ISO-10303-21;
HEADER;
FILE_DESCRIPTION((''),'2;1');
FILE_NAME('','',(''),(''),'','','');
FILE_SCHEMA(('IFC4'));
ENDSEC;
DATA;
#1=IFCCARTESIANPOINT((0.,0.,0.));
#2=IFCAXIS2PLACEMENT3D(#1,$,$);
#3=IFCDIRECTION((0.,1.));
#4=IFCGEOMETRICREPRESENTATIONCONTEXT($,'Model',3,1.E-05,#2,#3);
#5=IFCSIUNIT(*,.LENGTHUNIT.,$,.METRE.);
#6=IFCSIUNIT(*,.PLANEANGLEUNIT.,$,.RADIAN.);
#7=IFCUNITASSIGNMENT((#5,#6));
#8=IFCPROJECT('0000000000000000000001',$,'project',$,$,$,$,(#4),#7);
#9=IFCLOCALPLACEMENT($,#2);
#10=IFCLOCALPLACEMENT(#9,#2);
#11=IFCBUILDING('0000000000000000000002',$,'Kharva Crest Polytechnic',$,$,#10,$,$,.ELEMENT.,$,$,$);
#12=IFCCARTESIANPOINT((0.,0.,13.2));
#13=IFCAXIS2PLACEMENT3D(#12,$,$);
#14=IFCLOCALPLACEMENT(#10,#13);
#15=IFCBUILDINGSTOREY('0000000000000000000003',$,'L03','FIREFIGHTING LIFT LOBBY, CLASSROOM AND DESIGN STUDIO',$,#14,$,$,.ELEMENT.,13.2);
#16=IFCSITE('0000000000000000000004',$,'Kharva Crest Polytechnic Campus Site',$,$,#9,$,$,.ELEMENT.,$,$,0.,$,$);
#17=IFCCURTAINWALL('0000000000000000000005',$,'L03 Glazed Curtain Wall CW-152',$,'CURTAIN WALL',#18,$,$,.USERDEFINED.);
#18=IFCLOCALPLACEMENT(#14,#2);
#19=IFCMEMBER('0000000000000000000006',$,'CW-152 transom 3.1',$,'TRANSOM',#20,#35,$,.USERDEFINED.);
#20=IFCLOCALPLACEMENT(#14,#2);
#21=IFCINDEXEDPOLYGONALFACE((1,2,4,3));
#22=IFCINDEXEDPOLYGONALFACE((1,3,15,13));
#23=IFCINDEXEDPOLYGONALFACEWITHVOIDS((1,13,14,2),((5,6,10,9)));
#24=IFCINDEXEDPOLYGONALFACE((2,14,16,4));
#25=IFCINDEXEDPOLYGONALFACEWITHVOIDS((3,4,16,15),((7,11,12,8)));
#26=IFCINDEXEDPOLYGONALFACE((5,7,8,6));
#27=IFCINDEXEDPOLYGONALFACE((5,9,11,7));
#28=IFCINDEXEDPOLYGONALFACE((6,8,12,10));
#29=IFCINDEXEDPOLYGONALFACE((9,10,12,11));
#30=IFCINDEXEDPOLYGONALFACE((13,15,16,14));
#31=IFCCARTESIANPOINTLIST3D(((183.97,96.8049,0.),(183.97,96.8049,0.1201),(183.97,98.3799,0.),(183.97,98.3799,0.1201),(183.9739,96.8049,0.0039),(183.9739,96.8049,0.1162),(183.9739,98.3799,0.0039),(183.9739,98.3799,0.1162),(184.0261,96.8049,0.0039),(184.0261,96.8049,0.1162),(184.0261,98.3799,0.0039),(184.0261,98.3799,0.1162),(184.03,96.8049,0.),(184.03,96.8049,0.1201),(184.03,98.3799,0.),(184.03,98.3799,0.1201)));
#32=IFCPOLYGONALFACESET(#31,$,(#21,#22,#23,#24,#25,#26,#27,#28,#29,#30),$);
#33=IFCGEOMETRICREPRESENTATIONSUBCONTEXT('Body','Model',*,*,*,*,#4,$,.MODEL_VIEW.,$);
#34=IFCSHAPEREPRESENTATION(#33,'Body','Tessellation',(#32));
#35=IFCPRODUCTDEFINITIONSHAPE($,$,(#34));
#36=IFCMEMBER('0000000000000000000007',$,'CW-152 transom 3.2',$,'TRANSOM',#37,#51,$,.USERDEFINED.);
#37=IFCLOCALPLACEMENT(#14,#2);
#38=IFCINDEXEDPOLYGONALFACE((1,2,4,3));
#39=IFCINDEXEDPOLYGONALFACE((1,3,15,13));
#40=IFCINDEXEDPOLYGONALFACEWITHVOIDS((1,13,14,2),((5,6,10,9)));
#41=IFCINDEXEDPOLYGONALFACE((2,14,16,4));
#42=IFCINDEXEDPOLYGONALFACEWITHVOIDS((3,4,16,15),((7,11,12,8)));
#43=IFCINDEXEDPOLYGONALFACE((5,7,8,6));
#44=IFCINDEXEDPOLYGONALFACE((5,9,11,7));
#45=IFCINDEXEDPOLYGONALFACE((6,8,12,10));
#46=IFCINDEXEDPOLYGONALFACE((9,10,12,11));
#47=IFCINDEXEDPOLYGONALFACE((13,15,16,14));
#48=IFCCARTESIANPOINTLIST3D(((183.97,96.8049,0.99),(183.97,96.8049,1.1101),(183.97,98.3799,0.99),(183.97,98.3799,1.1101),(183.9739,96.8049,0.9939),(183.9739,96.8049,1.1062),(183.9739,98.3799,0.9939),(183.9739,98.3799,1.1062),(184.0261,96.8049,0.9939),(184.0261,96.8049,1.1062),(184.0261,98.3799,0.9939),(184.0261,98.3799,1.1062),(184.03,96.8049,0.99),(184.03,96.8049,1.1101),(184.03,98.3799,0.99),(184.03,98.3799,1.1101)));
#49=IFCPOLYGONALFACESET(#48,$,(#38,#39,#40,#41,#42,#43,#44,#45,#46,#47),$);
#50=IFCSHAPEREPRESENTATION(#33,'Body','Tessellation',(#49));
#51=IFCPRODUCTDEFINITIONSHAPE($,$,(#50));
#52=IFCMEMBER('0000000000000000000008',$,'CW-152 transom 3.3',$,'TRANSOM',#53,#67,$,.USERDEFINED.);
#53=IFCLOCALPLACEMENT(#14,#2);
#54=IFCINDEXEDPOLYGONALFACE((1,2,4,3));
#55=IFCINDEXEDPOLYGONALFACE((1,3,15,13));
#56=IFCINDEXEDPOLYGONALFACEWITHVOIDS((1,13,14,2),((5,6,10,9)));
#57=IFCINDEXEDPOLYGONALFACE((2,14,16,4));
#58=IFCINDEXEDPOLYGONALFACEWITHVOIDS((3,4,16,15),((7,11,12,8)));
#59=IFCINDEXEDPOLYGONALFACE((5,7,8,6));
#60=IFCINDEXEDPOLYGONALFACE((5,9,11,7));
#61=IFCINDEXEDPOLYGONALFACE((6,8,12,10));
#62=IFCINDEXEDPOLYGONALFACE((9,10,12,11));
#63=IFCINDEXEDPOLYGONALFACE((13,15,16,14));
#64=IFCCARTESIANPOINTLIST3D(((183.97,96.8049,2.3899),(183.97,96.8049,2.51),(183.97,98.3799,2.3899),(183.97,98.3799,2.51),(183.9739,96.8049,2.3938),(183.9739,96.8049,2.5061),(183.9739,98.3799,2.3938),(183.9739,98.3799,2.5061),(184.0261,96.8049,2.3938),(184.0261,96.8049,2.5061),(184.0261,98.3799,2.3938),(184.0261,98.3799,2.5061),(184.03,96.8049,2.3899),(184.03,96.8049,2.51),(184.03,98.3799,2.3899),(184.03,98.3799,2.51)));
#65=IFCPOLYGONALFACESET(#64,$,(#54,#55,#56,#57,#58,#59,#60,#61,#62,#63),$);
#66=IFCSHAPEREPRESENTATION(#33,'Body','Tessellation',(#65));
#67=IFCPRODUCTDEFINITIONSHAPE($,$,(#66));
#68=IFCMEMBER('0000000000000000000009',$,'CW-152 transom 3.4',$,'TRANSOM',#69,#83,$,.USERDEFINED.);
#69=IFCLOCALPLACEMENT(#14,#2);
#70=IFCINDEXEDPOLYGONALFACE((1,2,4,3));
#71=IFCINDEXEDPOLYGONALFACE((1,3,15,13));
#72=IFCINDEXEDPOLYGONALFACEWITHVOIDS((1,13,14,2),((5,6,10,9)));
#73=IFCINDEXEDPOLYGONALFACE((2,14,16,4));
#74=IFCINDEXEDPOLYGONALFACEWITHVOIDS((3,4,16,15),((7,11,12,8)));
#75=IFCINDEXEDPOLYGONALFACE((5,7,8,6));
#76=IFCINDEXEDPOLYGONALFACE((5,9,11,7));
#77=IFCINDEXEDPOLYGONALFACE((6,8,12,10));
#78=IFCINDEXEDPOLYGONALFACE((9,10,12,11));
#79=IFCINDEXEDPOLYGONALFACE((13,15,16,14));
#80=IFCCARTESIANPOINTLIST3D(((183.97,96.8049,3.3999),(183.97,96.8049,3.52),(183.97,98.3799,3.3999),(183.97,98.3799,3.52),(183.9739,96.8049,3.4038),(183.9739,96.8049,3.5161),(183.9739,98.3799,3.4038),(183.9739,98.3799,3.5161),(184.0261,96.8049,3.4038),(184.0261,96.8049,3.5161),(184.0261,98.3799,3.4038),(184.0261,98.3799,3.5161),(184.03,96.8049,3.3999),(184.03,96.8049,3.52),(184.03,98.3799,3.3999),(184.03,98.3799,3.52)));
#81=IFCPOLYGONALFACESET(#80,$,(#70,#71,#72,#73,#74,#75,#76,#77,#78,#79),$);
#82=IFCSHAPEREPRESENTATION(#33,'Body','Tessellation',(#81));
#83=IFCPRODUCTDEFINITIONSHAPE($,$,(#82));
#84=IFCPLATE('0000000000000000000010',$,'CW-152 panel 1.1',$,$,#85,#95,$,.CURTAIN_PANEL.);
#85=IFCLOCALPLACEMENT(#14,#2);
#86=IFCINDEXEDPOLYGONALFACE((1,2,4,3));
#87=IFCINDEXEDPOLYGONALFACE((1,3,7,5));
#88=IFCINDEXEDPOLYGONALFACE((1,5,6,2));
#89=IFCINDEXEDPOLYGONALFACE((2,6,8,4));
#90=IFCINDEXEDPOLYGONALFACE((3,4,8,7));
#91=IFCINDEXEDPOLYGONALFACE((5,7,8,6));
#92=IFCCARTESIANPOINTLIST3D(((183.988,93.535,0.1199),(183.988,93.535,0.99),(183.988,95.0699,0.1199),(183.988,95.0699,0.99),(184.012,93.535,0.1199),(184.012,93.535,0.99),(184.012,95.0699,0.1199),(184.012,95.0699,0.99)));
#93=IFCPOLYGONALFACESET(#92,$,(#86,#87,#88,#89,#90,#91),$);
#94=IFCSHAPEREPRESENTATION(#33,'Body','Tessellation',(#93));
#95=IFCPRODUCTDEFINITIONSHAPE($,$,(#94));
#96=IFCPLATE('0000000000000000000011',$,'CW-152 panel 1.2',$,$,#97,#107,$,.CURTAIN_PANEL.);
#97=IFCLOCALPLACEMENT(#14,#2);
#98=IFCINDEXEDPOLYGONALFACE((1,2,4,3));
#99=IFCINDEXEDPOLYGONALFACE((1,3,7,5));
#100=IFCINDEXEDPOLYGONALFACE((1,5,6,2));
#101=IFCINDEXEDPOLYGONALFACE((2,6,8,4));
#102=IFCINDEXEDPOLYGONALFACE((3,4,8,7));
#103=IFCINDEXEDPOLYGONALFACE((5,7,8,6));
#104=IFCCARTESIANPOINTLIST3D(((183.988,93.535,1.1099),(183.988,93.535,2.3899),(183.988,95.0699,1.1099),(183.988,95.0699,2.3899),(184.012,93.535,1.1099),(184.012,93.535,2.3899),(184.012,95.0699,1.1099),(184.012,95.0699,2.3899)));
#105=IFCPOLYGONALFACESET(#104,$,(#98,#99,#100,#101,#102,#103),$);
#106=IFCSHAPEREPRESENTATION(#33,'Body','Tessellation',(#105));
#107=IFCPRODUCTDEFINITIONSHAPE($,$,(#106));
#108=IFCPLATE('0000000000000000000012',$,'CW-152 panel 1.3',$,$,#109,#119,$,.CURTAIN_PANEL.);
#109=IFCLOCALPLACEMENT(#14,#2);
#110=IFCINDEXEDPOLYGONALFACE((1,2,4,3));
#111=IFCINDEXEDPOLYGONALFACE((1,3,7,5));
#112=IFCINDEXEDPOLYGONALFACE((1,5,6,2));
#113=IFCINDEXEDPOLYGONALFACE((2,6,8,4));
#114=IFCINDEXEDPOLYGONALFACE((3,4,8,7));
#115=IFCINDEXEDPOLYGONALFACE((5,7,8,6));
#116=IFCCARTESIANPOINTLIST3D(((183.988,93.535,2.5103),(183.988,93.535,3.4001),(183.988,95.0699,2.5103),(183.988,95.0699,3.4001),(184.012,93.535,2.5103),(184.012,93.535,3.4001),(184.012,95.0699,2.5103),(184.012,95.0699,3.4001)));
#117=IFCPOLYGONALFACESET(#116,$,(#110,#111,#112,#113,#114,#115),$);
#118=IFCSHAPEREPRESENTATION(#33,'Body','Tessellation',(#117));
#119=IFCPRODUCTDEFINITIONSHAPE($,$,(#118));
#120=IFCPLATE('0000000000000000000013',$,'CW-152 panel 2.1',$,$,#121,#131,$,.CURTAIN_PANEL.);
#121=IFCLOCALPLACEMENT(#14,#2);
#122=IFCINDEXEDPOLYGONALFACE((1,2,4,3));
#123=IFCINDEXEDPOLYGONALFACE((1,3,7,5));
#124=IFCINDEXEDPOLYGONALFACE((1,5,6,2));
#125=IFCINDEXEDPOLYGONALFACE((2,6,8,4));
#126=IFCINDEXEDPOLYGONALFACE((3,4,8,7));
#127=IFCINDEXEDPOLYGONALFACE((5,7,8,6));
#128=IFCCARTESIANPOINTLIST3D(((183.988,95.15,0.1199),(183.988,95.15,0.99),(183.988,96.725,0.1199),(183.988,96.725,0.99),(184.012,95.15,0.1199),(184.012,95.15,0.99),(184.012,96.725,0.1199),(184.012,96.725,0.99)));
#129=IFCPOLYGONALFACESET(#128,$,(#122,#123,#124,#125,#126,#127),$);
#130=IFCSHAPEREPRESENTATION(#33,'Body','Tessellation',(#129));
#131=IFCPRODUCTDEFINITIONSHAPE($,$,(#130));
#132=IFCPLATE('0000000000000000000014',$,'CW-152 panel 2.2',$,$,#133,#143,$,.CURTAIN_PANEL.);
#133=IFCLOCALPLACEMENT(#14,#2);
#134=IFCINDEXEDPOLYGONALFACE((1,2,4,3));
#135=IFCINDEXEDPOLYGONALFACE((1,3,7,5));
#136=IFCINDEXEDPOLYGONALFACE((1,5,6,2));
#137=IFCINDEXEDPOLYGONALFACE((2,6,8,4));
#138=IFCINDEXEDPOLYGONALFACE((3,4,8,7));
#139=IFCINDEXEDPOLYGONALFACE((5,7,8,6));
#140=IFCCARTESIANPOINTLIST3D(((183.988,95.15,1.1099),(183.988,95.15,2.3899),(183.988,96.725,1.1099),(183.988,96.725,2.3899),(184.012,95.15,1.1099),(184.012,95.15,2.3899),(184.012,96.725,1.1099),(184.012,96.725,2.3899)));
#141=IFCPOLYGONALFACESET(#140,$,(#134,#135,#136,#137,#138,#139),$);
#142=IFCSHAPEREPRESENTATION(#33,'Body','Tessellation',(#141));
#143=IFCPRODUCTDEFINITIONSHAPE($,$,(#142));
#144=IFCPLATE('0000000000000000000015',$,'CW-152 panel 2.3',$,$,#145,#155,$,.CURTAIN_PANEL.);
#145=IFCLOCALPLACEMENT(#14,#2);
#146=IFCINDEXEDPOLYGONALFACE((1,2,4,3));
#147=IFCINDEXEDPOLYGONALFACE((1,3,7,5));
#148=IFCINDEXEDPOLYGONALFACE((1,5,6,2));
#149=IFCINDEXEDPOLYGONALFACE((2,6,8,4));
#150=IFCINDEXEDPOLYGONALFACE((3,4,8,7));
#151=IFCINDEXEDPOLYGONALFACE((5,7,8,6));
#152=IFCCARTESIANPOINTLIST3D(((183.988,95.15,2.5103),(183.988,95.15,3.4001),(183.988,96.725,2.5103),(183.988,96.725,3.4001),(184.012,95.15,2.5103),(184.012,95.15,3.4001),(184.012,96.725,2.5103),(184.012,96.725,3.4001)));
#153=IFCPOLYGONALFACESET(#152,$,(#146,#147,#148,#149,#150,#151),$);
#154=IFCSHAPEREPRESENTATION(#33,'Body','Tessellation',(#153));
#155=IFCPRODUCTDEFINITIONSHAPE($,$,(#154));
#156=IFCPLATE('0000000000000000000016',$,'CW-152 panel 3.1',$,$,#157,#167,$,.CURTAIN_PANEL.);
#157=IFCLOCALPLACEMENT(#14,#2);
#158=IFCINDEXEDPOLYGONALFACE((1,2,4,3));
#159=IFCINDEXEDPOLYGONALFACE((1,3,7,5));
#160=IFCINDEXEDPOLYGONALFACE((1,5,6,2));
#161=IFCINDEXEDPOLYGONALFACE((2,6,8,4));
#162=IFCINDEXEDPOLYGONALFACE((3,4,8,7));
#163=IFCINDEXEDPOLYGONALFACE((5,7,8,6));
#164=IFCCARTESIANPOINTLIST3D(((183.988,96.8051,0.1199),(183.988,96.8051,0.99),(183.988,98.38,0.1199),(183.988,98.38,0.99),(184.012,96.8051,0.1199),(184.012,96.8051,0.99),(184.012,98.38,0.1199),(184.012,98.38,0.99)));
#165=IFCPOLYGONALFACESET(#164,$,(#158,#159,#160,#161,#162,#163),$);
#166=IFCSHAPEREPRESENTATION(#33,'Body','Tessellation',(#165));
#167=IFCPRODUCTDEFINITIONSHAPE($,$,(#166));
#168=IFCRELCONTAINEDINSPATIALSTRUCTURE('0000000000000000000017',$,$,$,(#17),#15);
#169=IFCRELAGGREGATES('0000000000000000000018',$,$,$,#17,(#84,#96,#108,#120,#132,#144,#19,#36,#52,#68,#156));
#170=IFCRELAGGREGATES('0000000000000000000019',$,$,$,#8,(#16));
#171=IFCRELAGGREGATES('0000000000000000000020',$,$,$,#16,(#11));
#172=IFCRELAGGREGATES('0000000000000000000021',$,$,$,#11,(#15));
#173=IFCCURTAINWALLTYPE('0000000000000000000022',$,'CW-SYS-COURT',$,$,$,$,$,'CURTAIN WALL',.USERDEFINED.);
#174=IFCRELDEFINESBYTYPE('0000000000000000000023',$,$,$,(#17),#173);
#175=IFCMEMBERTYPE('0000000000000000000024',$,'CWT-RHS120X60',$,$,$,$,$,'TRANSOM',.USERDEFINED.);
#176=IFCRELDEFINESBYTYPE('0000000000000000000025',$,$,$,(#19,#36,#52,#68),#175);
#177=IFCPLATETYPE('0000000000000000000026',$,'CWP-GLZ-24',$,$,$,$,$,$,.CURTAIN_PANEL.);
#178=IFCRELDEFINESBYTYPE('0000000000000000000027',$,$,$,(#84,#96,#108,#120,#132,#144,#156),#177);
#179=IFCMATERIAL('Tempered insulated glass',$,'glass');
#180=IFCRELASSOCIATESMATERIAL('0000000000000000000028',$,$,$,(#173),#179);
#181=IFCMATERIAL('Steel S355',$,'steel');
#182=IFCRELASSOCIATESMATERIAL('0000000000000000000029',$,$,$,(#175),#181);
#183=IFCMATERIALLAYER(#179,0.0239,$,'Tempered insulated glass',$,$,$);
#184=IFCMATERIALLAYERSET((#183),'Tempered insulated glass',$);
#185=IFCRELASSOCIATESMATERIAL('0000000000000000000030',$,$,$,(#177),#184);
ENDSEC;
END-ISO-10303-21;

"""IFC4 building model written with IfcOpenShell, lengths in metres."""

from ifc_helpers import new_model, si_unit, direction, frame, origin, origin_2d, place, context, subcontext, project, spatial, rectangle, hollow_rectangle, extrude, material, layer, layer_set, material_profile, profile_set, type_object, element, aggregate, save


model = new_model("IFC4")

# Units and contexts
model_context = context("Model", 3, precision=1e-05, world=origin(), true_north=direction((0.0, 1.0)))
body_context = subcontext(model_context, "Body", "Model", "MODEL_VIEW")
ifc_project = project(units=[si_unit("LENGTHUNIT", "METRE"), si_unit("PLANEANGLEUNIT", "RADIAN")], contexts=[model_context])

# Site, building, storey
site_placement = place(None, origin())
site = spatial("IfcSite", under=ifc_project, at=site_placement, Name="Kharva Crest Polytechnic Campus Site", CompositionType="ELEMENT", RefElevation=0.0)
building_placement = place(site_placement, origin())
building = spatial("IfcBuilding", under=site, at=building_placement, Name="Kharva Crest Polytechnic", CompositionType="ELEMENT")
storey_placement = place(building_placement, frame((0.0, 0.0, 13.2)))
storey = spatial("IfcBuildingStorey", under=building, at=storey_placement, Name="L03", Description="FIREFIGHTING LIFT LOBBY, CLASSROOM AND DESIGN STUDIO", CompositionType="ELEMENT", Elevation=13.2)

# Curtain wall, members, plates
ifc_material_1 = material(Name="Tempered insulated glass", Category="glass")
curtain_wall_type = type_object("IfcCurtainWallType", Name="CW-SYS-COURT", ElementType="CURTAIN WALL", PredefinedType="USERDEFINED", material=ifc_material_1)
curtain_wall_placement = place(storey_placement, origin())
curtain_wall = element("IfcCurtainWall", 1, at=curtain_wall_placement, inside=storey, type_object=curtain_wall_type, Name="L03 Glazed Curtain Wall CW-152", ObjectType="CURTAIN WALL", PredefinedType="USERDEFINED")
ifc_material_2 = material(Name="Steel S355", Category="steel")
ifc_material_profile_1 = material_profile(ifc_material_2, hollow_rectangle(XDim=0.0601, YDim=0.1201, WallThickness=0.0039, at=origin_2d()), Name="RHS 120X60X4.0")
ifc_profile_set_1 = profile_set([ifc_material_profile_1], Name="Steel S355")
member_type_1 = type_object("IfcMemberType", Name="CWT-RHS120X60", ElementType="TRANSOM", PredefinedType="USERDEFINED", material=ifc_profile_set_1)
member_1_placement = place(storey_placement, frame((184.0, 96.8049, 0.0601), z_axis=(0.0, 1.0, 0.0), x_axis=(-1.0, 0.0, 0.0)))
member_1 = element("IfcMember", 2, at=member_1_placement, type_object=member_type_1, Name="CW-152 transom 3.1", ObjectType="TRANSOM", PredefinedType="USERDEFINED", context=body_context, shape_type="SweptSolid", body=[
    extrude(hollow_rectangle(XDim=0.0601, YDim=0.1201, WallThickness=0.0039, at=origin_2d()), origin(), (0.0, 0.0, 1.0), 1.575),
])
member_2_placement = place(storey_placement, frame((184.0, 96.8049, 1.05), z_axis=(0.0, 1.0, 0.0), x_axis=(-1.0, 0.0, 0.0)))
member_2 = element("IfcMember", 3, at=member_2_placement, type_object=member_type_1, Name="CW-152 transom 3.2", ObjectType="TRANSOM", PredefinedType="USERDEFINED", context=body_context, shape_type="SweptSolid", body=[
    extrude(hollow_rectangle(XDim=0.0601, YDim=0.1201, WallThickness=0.0039, at=origin_2d()), origin(), (0.0, 0.0, 1.0), 1.575),
])
member_3_placement = place(storey_placement, frame((184.0, 96.8049, 2.45), z_axis=(0.0, 1.0, 0.0), x_axis=(-1.0, 0.0, 0.0)))
member_3 = element("IfcMember", 4, at=member_3_placement, type_object=member_type_1, Name="CW-152 transom 3.3", ObjectType="TRANSOM", PredefinedType="USERDEFINED", context=body_context, shape_type="SweptSolid", body=[
    extrude(hollow_rectangle(XDim=0.0601, YDim=0.1201, WallThickness=0.0039, at=origin_2d()), origin(), (0.0, 0.0, 1.0), 1.575),
])
member_4_placement = place(storey_placement, frame((184.0, 96.8049, 3.46), z_axis=(0.0, 1.0, 0.0), x_axis=(-1.0, 0.0, 0.0)))
member_4 = element("IfcMember", 5, at=member_4_placement, type_object=member_type_1, Name="CW-152 transom 3.4", ObjectType="TRANSOM", PredefinedType="USERDEFINED", context=body_context, shape_type="SweptSolid", body=[
    extrude(hollow_rectangle(XDim=0.0601, YDim=0.1201, WallThickness=0.0039, at=origin_2d()), origin(), (0.0, 0.0, 1.0), 1.575),
])
ifc_layer = layer(ifc_material_1, 0.0239, Name="Tempered insulated glass")
ifc_layer_set = layer_set([ifc_layer], Name="Tempered insulated glass")
plate_type = type_object("IfcPlateType", Name="CWP-GLZ-24", PredefinedType="CURTAIN_PANEL", material=ifc_layer_set)
plate_1_placement = place(storey_placement, frame((184.0, 94.3025, 0.1199), z_axis=(0.0, 0.0, 1.0), x_axis=(0.0, 1.0, 0.0)))
plate_1 = element("IfcPlate", 6, at=plate_1_placement, type_object=plate_type, Name="CW-152 panel 1.1", PredefinedType="CURTAIN_PANEL", context=body_context, shape_type="SweptSolid", body=[
    extrude(rectangle(XDim=1.5349, YDim=0.0239, at=origin_2d()), origin(), (0.0, 0.0, 1.0), 0.8701),
])
plate_2_placement = place(storey_placement, frame((184.0, 94.3025, 1.1099), z_axis=(0.0, 0.0, 1.0), x_axis=(0.0, 1.0, 0.0)))
plate_2 = element("IfcPlate", 7, at=plate_2_placement, type_object=plate_type, Name="CW-152 panel 1.2", PredefinedType="CURTAIN_PANEL", context=body_context, shape_type="SweptSolid", body=[
    extrude(rectangle(XDim=1.5349, YDim=0.0239, at=origin_2d()), origin(), (0.0, 0.0, 1.0), 1.28),
])
plate_3_placement = place(storey_placement, frame((184.0, 94.3025, 2.5103), z_axis=(0.0, 0.0, 1.0), x_axis=(0.0, 1.0, 0.0)))
plate_3 = element("IfcPlate", 8, at=plate_3_placement, type_object=plate_type, Name="CW-152 panel 1.3", PredefinedType="CURTAIN_PANEL", context=body_context, shape_type="SweptSolid", body=[
    extrude(rectangle(XDim=1.5349, YDim=0.0239, at=origin_2d()), origin(), (0.0, 0.0, 1.0), 0.8899),
])
plate_4_placement = place(storey_placement, frame((184.0, 95.9375, 0.1199), z_axis=(0.0, 0.0, 1.0), x_axis=(0.0, 1.0, 0.0)))
plate_4 = element("IfcPlate", 9, at=plate_4_placement, type_object=plate_type, Name="CW-152 panel 2.1", PredefinedType="CURTAIN_PANEL", context=body_context, shape_type="SweptSolid", body=[
    extrude(rectangle(XDim=1.575, YDim=0.0239, at=origin_2d()), origin(), (0.0, 0.0, 1.0), 0.8701),
])
plate_5_placement = place(storey_placement, frame((184.0, 95.9375, 1.1099), z_axis=(0.0, 0.0, 1.0), x_axis=(0.0, 1.0, 0.0)))
plate_5 = element("IfcPlate", 10, at=plate_5_placement, type_object=plate_type, Name="CW-152 panel 2.2", PredefinedType="CURTAIN_PANEL", context=body_context, shape_type="SweptSolid", body=[
    extrude(rectangle(XDim=1.575, YDim=0.0239, at=origin_2d()), origin(), (0.0, 0.0, 1.0), 1.28),
])
plate_6_placement = place(storey_placement, frame((184.0, 95.9375, 2.5103), z_axis=(0.0, 0.0, 1.0), x_axis=(0.0, 1.0, 0.0)))
plate_6 = element("IfcPlate", 11, at=plate_6_placement, type_object=plate_type, Name="CW-152 panel 2.3", PredefinedType="CURTAIN_PANEL", context=body_context, shape_type="SweptSolid", body=[
    extrude(rectangle(XDim=1.575, YDim=0.0239, at=origin_2d()), origin(), (0.0, 0.0, 1.0), 0.8899),
])
plate_7_placement = place(storey_placement, frame((184.0, 97.5925, 0.1199), z_axis=(0.0, 0.0, 1.0), x_axis=(0.0, 1.0, 0.0)))
plate_7 = element("IfcPlate", 12, at=plate_7_placement, type_object=plate_type, Name="CW-152 panel 3.1", PredefinedType="CURTAIN_PANEL", context=body_context, shape_type="SweptSolid", body=[
    extrude(rectangle(XDim=1.575, YDim=0.0239, at=origin_2d()), origin(), (0.0, 0.0, 1.0), 0.8701),
])
aggregate(curtain_wall, [plate_1, plate_2, plate_3, plate_4, plate_5, plate_6, member_1, member_2, member_3, member_4, plate_7])

save(model, "model.ifc")
